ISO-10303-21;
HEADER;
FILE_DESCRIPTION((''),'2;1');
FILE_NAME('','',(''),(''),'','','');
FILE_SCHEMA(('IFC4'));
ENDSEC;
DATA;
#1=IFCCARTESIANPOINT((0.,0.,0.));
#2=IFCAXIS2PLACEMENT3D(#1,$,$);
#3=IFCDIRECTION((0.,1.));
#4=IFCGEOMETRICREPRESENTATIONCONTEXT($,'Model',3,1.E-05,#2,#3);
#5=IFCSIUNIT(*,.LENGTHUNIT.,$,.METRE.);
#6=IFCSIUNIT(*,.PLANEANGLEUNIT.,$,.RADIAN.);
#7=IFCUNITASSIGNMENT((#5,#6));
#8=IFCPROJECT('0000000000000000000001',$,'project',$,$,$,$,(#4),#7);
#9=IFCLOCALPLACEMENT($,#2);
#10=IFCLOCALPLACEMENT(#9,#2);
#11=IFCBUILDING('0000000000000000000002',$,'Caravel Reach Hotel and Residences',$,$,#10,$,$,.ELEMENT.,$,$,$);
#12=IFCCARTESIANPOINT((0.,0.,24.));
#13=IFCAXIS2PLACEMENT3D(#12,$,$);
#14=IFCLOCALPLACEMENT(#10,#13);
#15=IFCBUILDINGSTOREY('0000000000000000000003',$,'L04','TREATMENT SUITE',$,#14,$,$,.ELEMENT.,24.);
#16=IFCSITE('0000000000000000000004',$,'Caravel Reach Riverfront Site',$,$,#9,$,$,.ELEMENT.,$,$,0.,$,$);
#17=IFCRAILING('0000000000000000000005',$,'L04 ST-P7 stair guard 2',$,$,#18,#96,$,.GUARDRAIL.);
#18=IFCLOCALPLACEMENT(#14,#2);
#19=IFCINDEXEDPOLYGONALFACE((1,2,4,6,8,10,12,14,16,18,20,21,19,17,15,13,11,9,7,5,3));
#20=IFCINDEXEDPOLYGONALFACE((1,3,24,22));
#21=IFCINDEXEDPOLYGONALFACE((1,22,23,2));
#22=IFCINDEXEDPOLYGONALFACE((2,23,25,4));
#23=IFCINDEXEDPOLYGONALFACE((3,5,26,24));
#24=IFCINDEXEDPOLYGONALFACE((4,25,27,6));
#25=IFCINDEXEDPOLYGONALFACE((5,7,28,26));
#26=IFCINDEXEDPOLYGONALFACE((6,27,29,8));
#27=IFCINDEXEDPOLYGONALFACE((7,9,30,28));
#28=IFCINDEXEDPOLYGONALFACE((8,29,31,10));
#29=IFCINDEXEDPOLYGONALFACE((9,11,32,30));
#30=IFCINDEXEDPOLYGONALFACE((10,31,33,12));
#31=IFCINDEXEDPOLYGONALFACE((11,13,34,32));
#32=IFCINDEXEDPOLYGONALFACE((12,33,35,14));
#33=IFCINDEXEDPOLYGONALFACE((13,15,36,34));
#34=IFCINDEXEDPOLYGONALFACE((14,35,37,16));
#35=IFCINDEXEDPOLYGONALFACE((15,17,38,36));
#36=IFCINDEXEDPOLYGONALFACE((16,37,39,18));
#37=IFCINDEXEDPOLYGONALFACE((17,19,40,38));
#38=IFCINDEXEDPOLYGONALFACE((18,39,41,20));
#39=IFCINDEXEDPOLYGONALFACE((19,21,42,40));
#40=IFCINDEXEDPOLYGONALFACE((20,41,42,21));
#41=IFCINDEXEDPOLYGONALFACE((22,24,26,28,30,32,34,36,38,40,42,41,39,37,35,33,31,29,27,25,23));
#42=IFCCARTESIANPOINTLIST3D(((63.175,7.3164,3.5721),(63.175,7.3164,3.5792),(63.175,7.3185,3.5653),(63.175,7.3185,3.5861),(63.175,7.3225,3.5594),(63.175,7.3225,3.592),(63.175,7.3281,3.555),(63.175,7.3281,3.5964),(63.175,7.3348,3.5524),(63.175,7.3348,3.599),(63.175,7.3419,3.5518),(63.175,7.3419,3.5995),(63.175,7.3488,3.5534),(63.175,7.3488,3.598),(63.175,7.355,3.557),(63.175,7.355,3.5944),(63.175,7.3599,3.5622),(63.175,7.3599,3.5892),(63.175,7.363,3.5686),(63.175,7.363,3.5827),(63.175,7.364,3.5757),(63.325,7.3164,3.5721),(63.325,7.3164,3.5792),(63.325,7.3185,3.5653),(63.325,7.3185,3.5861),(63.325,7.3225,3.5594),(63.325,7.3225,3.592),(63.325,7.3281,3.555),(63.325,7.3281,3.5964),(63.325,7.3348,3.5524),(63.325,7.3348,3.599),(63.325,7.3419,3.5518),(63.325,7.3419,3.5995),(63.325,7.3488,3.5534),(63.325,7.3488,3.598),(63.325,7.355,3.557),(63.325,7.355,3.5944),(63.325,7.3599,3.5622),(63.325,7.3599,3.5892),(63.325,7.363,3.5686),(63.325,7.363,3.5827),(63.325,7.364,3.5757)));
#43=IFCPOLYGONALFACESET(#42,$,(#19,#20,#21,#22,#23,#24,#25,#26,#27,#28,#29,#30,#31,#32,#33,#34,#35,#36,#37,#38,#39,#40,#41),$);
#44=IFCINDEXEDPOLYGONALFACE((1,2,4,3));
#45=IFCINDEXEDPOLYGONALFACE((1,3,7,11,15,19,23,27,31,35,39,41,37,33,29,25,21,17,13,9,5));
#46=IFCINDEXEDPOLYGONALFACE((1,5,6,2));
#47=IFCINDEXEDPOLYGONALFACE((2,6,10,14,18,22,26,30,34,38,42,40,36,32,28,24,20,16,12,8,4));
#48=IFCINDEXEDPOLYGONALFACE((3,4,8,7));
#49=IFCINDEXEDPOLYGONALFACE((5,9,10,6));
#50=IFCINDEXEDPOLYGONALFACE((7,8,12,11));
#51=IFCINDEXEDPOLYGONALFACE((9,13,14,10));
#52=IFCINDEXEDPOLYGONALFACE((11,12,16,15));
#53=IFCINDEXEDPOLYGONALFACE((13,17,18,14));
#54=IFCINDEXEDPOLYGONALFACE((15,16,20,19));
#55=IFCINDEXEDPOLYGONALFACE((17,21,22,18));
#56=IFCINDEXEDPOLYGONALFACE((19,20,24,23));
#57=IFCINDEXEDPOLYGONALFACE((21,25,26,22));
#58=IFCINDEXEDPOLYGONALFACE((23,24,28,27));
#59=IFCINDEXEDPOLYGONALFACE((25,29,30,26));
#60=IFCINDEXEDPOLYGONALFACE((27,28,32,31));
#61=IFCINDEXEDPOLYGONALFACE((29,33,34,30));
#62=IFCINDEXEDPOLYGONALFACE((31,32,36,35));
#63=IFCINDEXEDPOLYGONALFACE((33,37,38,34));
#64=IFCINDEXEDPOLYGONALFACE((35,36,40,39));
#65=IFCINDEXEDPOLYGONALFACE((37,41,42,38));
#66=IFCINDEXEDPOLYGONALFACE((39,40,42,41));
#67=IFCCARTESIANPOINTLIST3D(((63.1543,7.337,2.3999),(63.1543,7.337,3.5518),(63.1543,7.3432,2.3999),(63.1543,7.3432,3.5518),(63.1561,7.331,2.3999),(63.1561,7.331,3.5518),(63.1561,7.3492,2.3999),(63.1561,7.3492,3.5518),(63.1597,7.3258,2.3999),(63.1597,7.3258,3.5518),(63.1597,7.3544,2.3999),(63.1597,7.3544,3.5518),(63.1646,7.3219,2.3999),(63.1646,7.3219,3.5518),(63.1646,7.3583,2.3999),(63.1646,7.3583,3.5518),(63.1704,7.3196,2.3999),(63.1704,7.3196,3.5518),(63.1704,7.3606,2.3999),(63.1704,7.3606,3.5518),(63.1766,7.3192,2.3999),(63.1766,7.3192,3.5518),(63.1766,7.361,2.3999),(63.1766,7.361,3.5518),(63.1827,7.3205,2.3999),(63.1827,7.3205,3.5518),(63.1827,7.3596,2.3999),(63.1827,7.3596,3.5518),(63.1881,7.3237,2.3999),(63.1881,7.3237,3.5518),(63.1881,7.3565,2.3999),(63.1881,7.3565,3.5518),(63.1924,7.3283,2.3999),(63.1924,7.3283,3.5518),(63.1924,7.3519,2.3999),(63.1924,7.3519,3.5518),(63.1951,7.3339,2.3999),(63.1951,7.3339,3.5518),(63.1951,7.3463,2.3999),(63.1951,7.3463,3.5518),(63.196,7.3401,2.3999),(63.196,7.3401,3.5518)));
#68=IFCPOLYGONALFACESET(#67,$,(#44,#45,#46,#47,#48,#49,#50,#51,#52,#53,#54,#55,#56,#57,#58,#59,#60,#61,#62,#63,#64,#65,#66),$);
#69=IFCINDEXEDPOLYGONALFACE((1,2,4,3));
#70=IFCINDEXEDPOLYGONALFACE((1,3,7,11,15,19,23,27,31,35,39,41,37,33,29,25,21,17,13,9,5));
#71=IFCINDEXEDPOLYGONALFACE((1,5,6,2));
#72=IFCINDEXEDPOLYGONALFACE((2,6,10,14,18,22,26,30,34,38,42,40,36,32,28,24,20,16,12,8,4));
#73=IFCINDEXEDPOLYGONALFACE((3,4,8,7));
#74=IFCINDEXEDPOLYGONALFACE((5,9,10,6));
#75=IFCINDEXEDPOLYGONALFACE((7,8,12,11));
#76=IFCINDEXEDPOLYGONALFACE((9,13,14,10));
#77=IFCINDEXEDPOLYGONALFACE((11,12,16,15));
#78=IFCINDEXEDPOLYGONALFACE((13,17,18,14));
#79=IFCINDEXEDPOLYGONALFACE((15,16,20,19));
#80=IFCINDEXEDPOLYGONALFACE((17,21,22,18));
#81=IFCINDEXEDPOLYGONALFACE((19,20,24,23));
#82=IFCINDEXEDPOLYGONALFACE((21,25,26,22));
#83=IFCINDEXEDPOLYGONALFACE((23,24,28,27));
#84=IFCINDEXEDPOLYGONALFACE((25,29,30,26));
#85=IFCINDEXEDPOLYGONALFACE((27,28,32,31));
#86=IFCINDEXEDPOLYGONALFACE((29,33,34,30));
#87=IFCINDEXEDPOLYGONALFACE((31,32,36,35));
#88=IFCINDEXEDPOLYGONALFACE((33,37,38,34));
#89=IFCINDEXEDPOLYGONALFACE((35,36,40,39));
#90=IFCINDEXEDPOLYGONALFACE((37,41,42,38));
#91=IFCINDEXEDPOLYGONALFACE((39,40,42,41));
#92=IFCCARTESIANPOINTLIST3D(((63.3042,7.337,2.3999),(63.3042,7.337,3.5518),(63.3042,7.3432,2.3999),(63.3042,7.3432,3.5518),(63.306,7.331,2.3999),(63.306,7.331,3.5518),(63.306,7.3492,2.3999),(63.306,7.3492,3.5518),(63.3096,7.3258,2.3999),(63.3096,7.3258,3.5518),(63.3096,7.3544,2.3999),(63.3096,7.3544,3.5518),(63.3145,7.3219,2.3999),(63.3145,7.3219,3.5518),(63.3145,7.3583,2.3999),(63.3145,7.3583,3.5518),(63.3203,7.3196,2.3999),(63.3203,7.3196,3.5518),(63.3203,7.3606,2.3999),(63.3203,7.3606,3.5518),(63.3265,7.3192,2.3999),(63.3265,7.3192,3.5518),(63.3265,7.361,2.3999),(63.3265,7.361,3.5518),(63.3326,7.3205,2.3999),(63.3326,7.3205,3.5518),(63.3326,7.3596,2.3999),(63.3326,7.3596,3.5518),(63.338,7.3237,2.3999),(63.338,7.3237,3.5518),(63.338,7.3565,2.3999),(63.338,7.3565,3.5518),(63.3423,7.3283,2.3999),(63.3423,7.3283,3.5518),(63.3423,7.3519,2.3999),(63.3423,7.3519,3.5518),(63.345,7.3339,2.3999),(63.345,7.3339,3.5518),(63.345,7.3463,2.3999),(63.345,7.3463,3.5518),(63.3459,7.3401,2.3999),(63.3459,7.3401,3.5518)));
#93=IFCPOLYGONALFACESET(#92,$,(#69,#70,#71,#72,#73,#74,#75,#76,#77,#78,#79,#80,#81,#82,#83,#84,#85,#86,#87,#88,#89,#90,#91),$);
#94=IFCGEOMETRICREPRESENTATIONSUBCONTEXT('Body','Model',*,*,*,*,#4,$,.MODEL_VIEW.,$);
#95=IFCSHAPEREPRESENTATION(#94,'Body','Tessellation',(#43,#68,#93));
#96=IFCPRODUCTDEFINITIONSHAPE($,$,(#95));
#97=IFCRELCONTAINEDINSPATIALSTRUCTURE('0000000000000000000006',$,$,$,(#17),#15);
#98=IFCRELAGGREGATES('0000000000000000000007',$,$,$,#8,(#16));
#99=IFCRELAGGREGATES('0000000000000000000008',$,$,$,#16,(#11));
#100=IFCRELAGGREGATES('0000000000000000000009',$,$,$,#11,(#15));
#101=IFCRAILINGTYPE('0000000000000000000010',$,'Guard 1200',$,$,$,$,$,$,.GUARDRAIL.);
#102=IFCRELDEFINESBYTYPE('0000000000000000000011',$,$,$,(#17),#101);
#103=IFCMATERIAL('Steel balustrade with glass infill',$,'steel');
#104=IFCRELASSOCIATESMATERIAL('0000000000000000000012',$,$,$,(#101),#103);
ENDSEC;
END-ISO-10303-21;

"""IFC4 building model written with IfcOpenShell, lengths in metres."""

from ifc_helpers import new_model, si_unit, direction, frame, origin, origin_2d, place, context, subcontext, project, spatial, circle, extrude, material, type_object, element, save


model = new_model("IFC4")

# Units and contexts
model_context = context("Model", 3, precision=1e-05, world=origin(), true_north=direction((0.0, 1.0)))
body_context = subcontext(model_context, "Body", "Model", "MODEL_VIEW")
ifc_project = project(units=[si_unit("LENGTHUNIT", "METRE"), si_unit("PLANEANGLEUNIT", "RADIAN")], contexts=[model_context])

# Site, building, storey
site_placement = place(None, origin())
site = spatial("IfcSite", under=ifc_project, at=site_placement, Name="Caravel Reach Riverfront Site", CompositionType="ELEMENT", RefElevation=0.0)
building_placement = place(site_placement, origin())
building = spatial("IfcBuilding", under=site, at=building_placement, Name="Caravel Reach Hotel and Residences", CompositionType="ELEMENT")
storey_placement = place(building_placement, frame((0.0, 0.0, 24.0)))
storey = spatial("IfcBuildingStorey", under=building, at=storey_placement, Name="L04", Description="TREATMENT SUITE", CompositionType="ELEMENT", Elevation=24.0)

# Railing
ifc_material_1 = material(Name="Steel balustrade with glass infill", Category="steel")
railing_type_1 = type_object("IfcRailingType", Name="Guard 1200", PredefinedType="GUARDRAIL", material=ifc_material_1)
railing_1_placement = place(storey_placement, frame((63.175, 7.3401, 2.3999)))
element("IfcRailing", 1, at=railing_1_placement, inside=storey, type_object=railing_type_1, Name="L04 ST-P7 stair guard 2", PredefinedType="GUARDRAIL", context=body_context, shape_type="SweptSolid", body=[
    extrude(circle(Radius=0.0239, at=origin_2d()), frame((0.0, 0.0, 1.1758), z_axis=(1.0, 0.0, 0.0), x_axis=(0.0, 1.0, 0.0)), (0.0, 0.0, 1.0), 0.1499),
    extrude(circle(Radius=0.021, at=origin_2d()), origin(), (0.0, 0.0, 1.0), 1.1519),
    extrude(circle(Radius=0.021, at=origin_2d()), frame((0.1499, 0.0, 0.0)), (0.0, 0.0, 1.0), 1.1519),
])

save(model, "model.ifc")
